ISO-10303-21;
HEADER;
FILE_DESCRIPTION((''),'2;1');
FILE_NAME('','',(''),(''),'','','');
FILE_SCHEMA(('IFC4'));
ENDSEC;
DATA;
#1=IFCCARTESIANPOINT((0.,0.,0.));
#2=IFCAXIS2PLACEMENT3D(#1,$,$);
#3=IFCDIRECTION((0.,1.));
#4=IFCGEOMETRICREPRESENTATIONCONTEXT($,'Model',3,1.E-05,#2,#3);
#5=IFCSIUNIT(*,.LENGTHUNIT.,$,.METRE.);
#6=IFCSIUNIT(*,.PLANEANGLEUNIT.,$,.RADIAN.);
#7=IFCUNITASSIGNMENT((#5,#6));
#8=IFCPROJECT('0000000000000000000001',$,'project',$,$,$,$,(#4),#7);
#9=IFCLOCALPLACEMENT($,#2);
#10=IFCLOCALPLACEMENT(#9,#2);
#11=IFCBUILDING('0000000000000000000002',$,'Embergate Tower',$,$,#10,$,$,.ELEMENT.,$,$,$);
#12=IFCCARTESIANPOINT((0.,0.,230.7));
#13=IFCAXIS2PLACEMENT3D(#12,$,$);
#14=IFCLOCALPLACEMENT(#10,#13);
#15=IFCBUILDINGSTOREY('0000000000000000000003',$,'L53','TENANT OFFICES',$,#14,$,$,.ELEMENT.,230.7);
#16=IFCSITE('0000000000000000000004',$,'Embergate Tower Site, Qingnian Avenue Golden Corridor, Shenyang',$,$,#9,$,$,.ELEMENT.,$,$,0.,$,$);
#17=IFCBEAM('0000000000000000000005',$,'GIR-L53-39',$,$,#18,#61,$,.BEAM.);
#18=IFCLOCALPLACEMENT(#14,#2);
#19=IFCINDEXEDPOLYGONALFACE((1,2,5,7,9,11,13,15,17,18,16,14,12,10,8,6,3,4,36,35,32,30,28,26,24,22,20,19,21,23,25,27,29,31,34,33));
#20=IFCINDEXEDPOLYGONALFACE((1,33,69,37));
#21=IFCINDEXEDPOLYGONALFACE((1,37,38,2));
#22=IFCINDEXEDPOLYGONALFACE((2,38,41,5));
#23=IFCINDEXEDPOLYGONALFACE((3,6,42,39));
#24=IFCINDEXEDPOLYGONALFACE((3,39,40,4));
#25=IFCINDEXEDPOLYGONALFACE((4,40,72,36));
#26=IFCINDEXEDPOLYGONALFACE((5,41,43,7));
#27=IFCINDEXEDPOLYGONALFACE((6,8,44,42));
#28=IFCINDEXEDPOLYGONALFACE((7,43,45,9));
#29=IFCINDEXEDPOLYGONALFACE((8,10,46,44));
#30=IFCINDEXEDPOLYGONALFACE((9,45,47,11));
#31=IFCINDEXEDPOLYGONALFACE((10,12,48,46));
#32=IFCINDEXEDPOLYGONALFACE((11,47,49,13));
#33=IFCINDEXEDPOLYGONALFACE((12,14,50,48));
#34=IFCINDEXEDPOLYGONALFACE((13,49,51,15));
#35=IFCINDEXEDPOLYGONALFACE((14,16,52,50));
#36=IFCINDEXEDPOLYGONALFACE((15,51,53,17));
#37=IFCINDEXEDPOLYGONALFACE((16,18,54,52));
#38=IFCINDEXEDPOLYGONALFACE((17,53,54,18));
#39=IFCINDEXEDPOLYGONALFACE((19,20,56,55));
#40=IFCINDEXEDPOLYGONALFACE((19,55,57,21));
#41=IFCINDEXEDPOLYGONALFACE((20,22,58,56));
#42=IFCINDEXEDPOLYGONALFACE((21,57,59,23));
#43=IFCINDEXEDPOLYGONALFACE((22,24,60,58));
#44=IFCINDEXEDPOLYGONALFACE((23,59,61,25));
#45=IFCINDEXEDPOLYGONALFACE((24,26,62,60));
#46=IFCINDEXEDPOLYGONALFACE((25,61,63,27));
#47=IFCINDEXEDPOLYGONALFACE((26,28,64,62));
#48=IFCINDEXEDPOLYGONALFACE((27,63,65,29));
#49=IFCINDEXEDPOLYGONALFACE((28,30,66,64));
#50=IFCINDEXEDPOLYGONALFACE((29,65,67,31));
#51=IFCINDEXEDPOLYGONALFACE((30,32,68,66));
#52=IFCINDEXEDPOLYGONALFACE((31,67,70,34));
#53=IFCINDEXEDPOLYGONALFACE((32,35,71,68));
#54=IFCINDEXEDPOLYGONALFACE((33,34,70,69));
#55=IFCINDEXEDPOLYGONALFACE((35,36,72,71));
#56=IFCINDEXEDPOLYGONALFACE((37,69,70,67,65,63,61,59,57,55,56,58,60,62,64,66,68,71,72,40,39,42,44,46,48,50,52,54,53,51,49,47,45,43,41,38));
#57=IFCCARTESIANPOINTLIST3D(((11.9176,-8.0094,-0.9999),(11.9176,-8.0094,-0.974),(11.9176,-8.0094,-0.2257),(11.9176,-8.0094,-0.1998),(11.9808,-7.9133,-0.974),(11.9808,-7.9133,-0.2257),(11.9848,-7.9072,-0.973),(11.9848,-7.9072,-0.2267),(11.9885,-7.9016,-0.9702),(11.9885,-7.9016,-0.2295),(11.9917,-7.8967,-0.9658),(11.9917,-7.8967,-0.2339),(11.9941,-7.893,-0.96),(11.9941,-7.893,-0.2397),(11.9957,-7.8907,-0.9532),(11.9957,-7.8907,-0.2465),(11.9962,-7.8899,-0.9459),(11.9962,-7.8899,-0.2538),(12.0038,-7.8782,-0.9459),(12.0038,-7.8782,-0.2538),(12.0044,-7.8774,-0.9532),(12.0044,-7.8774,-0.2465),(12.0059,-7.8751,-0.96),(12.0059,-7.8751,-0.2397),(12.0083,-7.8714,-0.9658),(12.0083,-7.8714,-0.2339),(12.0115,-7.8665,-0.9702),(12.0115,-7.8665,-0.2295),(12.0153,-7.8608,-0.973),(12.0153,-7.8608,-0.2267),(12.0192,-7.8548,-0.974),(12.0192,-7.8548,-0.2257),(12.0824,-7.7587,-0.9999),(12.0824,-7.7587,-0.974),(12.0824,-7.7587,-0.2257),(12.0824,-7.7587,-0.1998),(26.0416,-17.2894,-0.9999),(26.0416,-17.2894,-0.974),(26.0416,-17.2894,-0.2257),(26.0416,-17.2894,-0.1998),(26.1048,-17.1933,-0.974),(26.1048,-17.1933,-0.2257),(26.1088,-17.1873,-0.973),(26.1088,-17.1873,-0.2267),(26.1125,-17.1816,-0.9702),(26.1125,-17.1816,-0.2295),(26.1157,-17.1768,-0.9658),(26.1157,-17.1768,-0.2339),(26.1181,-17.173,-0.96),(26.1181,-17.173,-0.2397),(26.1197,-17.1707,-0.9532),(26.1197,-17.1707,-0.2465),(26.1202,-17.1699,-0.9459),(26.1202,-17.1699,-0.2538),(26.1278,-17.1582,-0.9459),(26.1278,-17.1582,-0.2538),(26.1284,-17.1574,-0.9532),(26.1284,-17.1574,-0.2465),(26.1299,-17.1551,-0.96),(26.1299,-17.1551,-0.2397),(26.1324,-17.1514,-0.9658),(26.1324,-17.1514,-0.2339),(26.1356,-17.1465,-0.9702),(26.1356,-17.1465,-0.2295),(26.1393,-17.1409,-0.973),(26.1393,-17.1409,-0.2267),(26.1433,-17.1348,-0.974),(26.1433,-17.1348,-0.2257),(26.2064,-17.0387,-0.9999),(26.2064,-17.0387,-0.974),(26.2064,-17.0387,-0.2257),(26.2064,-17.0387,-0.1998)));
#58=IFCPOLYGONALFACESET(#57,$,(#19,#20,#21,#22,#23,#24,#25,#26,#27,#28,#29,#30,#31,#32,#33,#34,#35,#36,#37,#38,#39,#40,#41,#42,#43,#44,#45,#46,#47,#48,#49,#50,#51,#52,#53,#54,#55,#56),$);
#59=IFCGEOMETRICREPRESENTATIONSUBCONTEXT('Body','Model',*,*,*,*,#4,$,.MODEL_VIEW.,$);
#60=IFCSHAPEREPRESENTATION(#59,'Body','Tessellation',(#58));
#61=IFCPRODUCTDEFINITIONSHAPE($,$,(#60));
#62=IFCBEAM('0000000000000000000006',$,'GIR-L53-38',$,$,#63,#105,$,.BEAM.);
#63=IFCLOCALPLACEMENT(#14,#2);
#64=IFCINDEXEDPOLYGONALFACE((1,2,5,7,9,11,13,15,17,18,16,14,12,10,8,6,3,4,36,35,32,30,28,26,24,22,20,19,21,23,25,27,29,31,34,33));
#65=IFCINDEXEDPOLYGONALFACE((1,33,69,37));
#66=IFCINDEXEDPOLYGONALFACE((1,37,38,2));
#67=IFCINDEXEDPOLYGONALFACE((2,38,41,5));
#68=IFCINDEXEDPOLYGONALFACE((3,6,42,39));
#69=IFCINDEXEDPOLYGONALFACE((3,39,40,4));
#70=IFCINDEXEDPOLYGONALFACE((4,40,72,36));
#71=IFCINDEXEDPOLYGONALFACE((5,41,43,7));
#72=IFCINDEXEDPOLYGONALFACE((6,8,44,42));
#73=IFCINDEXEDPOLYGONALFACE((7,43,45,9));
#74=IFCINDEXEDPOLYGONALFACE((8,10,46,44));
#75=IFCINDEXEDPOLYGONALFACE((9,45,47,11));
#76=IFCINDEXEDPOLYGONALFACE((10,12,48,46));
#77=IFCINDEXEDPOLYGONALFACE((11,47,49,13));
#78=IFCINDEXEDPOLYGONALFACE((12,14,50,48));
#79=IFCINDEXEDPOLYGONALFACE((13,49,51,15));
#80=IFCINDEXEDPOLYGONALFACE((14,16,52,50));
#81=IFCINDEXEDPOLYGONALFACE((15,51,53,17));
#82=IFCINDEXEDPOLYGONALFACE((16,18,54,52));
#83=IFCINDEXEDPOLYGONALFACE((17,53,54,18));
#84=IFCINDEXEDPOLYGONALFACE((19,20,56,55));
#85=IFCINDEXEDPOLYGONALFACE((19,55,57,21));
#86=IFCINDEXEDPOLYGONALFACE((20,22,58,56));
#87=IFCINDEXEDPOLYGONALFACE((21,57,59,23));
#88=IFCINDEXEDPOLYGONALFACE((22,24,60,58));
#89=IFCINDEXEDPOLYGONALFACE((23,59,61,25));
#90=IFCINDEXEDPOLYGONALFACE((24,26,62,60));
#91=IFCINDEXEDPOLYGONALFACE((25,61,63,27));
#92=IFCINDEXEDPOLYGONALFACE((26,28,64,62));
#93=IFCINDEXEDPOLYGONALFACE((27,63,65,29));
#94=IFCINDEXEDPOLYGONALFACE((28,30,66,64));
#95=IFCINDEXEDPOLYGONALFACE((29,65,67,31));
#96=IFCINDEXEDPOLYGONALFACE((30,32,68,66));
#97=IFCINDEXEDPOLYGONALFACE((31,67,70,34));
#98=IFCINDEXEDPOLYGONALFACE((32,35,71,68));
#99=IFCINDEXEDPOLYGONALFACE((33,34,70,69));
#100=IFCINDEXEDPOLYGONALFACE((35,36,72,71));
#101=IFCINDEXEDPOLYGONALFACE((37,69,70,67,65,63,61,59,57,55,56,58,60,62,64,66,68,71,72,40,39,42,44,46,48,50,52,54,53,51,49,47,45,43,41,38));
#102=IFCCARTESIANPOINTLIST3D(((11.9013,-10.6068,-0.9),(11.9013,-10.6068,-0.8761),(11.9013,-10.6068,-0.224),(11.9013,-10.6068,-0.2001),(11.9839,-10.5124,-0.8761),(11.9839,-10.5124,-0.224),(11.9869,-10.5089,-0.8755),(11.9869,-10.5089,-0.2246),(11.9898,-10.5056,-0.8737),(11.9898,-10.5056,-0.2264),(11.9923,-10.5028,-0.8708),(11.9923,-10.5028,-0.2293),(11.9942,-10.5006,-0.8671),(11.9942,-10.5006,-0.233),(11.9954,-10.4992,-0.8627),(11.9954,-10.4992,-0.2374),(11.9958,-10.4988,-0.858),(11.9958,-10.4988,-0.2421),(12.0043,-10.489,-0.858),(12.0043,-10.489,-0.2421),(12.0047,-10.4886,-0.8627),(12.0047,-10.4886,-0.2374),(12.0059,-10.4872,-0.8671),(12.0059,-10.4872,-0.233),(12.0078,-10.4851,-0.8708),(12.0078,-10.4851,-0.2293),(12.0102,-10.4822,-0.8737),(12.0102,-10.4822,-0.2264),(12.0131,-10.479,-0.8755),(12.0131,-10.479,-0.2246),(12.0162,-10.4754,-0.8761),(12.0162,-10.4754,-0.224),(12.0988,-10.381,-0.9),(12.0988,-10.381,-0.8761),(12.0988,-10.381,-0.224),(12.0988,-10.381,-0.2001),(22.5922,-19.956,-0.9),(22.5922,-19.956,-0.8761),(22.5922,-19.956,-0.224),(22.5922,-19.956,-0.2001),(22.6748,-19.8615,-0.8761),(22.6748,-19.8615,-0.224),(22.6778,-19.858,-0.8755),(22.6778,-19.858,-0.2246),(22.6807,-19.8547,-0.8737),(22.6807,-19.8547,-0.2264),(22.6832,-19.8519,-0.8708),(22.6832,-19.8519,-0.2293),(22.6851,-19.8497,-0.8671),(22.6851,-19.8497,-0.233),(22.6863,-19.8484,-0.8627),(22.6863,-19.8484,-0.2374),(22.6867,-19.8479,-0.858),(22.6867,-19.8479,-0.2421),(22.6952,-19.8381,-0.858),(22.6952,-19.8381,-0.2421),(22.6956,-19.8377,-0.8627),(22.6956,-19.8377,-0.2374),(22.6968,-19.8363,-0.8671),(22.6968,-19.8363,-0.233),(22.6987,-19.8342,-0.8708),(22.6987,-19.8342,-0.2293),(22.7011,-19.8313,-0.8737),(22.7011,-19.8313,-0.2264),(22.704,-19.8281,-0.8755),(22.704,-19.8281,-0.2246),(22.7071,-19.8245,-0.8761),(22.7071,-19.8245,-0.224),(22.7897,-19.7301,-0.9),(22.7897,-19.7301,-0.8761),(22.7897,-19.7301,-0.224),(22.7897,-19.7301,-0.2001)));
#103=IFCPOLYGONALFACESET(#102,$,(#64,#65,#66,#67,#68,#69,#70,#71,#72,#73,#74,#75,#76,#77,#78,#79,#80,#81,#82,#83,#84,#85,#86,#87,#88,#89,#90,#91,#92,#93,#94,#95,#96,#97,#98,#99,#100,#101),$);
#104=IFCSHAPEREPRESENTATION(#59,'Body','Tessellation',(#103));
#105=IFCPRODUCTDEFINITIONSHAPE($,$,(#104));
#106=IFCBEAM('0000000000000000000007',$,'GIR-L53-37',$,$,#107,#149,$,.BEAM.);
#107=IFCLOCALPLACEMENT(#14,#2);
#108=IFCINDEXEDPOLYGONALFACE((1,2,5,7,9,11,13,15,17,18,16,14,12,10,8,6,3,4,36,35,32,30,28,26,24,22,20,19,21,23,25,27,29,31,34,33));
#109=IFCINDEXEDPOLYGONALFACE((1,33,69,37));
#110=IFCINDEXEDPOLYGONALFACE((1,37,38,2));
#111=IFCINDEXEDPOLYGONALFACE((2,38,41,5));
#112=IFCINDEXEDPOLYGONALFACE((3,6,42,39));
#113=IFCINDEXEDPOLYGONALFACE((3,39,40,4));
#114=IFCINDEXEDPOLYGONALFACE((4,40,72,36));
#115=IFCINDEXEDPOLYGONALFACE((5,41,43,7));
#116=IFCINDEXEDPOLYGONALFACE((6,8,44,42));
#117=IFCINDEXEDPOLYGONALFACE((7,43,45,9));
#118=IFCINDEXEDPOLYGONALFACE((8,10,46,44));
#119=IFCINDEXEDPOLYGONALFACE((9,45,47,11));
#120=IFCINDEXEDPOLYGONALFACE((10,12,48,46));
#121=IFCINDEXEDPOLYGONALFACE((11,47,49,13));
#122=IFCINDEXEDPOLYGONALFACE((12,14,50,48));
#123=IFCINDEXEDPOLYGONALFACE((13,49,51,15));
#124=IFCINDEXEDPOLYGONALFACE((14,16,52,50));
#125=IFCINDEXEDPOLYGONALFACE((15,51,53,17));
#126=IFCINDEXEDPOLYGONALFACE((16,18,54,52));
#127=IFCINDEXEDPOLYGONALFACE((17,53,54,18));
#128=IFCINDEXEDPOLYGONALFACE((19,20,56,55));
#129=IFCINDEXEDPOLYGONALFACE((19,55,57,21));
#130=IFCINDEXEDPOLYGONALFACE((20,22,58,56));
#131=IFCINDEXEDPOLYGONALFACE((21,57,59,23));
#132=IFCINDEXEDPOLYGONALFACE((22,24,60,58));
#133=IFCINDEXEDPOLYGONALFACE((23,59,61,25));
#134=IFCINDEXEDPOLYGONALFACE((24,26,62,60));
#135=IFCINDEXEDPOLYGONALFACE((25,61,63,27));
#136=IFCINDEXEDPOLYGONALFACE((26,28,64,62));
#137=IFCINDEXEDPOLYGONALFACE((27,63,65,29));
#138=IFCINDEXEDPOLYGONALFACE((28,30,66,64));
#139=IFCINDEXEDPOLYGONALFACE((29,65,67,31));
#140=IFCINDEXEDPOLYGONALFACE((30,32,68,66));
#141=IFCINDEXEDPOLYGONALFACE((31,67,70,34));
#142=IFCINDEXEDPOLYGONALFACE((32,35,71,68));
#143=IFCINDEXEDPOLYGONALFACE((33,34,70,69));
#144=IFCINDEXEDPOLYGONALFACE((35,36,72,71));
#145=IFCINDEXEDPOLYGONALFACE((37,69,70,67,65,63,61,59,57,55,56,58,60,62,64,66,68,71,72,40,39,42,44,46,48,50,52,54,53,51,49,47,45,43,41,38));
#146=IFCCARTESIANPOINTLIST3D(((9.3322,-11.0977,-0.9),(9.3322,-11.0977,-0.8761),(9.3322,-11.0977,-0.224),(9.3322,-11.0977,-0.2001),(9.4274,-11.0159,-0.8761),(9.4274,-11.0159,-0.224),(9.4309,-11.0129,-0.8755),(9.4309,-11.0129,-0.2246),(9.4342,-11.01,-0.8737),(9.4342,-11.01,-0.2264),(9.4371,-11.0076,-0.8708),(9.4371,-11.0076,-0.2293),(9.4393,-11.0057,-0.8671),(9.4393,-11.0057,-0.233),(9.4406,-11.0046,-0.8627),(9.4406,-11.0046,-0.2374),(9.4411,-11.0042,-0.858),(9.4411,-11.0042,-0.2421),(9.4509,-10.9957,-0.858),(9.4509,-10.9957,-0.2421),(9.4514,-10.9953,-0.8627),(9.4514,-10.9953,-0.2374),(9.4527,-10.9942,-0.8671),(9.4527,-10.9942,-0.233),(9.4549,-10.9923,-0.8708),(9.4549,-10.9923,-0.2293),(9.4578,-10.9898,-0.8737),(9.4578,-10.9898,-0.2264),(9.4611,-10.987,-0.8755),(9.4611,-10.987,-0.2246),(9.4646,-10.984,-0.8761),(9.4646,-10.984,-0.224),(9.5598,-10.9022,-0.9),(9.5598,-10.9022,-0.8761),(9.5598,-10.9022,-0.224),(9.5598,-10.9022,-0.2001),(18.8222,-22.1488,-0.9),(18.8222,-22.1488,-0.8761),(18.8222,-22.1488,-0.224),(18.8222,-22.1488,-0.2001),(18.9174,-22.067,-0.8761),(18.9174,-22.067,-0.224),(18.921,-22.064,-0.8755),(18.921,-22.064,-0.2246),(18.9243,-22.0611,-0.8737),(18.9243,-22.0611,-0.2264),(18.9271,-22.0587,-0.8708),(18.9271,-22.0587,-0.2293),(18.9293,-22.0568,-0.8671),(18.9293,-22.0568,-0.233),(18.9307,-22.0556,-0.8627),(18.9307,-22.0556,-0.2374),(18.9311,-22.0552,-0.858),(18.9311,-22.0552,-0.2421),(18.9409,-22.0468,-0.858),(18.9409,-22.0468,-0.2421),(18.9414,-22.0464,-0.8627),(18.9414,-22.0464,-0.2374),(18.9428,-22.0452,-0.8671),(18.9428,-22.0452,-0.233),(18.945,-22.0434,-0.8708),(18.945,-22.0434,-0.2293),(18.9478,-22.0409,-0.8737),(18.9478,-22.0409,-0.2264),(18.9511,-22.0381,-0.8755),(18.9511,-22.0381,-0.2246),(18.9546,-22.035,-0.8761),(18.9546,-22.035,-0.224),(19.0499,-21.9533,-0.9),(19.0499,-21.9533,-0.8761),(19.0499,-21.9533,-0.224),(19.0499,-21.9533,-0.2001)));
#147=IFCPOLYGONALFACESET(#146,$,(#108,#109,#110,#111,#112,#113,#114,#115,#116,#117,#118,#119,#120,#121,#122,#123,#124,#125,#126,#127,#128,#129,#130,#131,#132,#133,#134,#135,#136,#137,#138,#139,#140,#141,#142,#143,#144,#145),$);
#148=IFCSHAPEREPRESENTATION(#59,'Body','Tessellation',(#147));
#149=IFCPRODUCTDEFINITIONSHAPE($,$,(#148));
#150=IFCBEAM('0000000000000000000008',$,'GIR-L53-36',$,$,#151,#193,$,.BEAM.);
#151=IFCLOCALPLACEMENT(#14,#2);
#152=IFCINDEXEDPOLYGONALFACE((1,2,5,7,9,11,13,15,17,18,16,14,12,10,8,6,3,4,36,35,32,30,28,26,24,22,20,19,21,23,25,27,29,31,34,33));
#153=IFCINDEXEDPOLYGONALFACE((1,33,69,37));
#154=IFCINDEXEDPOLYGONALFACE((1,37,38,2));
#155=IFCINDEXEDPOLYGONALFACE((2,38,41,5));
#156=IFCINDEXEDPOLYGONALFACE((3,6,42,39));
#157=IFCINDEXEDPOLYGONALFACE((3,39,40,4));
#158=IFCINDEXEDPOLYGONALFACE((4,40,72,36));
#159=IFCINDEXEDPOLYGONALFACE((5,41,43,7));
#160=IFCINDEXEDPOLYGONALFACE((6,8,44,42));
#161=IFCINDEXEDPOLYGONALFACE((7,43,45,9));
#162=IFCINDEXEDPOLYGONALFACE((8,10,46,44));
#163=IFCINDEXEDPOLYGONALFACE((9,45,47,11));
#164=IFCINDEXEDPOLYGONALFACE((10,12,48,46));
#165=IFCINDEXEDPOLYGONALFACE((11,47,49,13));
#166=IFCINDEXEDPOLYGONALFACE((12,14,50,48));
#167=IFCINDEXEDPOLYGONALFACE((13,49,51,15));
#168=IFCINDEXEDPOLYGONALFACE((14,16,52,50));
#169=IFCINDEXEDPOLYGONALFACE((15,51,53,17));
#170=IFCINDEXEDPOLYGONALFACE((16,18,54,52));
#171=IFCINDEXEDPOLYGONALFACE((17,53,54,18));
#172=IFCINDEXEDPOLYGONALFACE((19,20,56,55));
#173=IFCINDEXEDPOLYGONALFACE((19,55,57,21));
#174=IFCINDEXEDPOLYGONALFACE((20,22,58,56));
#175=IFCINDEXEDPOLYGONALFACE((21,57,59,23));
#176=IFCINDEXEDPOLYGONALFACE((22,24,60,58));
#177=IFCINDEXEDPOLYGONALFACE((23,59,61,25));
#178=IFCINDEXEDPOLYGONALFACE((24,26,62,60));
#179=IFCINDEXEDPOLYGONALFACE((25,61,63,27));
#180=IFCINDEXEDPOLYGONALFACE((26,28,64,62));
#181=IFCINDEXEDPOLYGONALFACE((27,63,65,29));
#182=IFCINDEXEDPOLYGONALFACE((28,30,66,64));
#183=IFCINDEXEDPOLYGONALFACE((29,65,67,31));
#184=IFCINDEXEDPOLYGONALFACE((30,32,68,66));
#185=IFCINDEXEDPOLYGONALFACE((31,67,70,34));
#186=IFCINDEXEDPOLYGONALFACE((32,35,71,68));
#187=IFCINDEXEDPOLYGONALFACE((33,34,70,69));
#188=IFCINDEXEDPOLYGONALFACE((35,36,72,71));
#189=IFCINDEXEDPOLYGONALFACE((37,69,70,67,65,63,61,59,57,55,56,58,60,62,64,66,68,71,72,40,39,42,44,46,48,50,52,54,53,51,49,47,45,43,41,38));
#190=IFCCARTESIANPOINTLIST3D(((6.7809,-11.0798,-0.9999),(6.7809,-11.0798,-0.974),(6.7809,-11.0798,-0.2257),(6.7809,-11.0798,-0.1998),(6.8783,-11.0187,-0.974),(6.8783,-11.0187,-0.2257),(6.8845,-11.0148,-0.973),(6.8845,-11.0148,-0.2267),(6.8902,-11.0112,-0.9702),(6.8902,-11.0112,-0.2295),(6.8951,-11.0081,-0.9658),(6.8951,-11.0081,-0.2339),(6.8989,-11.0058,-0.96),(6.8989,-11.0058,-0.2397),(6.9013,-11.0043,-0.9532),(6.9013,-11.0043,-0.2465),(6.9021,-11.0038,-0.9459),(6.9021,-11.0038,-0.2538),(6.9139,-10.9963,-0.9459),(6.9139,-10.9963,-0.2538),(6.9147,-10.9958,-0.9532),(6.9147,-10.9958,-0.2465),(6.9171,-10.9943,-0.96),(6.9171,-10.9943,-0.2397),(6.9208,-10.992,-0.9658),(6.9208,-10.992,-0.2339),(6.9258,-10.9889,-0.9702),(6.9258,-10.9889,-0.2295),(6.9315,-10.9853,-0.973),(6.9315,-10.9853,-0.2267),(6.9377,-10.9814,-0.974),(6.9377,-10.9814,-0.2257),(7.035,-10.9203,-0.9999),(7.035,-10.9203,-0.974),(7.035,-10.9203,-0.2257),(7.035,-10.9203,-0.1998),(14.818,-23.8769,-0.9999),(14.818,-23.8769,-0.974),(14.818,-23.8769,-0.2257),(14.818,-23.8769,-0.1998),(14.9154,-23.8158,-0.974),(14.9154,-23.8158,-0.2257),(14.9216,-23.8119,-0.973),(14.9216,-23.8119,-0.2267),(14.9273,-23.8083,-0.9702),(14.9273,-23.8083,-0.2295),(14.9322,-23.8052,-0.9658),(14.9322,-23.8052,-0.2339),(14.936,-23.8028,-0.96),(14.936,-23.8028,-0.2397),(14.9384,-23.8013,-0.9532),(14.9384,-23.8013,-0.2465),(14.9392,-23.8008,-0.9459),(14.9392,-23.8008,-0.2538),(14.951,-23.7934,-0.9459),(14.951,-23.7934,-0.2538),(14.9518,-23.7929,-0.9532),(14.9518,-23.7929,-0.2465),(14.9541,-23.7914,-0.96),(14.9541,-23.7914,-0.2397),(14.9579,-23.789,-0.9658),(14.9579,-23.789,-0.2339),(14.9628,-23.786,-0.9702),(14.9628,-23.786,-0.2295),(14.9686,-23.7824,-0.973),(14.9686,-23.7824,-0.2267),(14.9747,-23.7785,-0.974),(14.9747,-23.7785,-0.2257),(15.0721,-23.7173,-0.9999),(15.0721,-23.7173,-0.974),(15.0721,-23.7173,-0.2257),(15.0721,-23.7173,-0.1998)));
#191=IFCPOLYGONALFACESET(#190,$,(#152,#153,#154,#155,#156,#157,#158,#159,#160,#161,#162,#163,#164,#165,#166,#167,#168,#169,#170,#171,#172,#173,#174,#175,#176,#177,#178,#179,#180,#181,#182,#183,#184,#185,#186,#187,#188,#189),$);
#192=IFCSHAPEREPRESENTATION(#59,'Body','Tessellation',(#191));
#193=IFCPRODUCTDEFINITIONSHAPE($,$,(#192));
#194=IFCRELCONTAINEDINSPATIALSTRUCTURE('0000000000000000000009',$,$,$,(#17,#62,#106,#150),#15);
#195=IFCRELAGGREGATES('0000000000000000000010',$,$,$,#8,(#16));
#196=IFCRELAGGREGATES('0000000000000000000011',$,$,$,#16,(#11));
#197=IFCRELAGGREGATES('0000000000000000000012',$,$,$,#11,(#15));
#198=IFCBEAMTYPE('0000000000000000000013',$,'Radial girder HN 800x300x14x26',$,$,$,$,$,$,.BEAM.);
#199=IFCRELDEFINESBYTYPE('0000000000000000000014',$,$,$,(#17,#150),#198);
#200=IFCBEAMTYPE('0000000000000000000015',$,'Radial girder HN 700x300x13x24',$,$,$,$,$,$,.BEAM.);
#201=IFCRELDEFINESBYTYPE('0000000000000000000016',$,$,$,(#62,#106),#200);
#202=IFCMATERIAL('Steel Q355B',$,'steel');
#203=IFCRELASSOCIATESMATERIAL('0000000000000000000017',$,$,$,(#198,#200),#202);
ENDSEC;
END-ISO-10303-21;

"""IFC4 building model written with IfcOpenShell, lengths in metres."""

from ifc_helpers import new_model, si_unit, direction, frame, origin, origin_2d, place, context, subcontext, project, spatial, i_section, extrude, source, transform, mapped, material, material_profile, profile_set, type_object, element, save


model = new_model("IFC4")

# Units and contexts
model_context = context("Model", 3, precision=1e-05, world=origin(), true_north=direction((0.0, 1.0)))
body_context = subcontext(model_context, "Body", "Model", "MODEL_VIEW")
ifc_project = project(units=[si_unit("LENGTHUNIT", "METRE"), si_unit("PLANEANGLEUNIT", "RADIAN")], contexts=[model_context])

# Site, building, storey
site_placement = place(None, origin())
site = spatial("IfcSite", under=ifc_project, at=site_placement, Name="Embergate Tower Site, Qingnian Avenue Golden Corridor, Shenyang", CompositionType="ELEMENT", RefElevation=0.0)
building_placement = place(site_placement, origin())
building = spatial("IfcBuilding", under=site, at=building_placement, Name="Embergate Tower", CompositionType="ELEMENT")
storey_placement = place(building_placement, frame((0.0, 0.0, 230.7)))
storey = spatial("IfcBuildingStorey", under=building, at=storey_placement, Name="L53", Description="TENANT OFFICES", CompositionType="ELEMENT", Elevation=230.7)

# Beams
ifc_material_1 = material(Name="Steel Q355B", Category="steel")
ifc_material_profile_1 = material_profile(ifc_material_1, i_section(OverallWidth=0.3, OverallDepth=0.8, WebThickness=0.0139, FlangeThickness=0.0259, FilletRadius=0.0281, at=origin_2d()), Name="HN 800x300x14x26")
ifc_profile_set_1 = profile_set([ifc_material_profile_1], Name="Steel Q355 grade B")
beam_type_1 = type_object("IfcBeamType", Name="Radial girder HN 800x300x14x26", PredefinedType="BEAM", material=ifc_profile_set_1)
shared_shape_1 = source(origin(), body_context, "Body", "SweptSolid", [
    extrude(i_section(OverallWidth=0.3, OverallDepth=0.8, WebThickness=0.0139, FlangeThickness=0.0259, FilletRadius=0.0281, at=origin_2d()), origin(), (0.0, 0.0, 1.0), 16.8999),
])
beam_1_placement = place(storey_placement, frame((26.124, -17.1641, -0.5999), z_axis=(-0.835745, 0.549117, 0.0), x_axis=(-0.549117, -0.835745, 0.0)))
element("IfcBeam", 1, at=beam_1_placement, inside=storey, type_object=beam_type_1, Name="GIR-L53-39", PredefinedType="BEAM", context=body_context, shape_type="MappedRepresentation", body=[
    mapped(shared_shape_1, transform((0.0, 0.0, 0.0))),
])
ifc_material_profile_2 = material_profile(ifc_material_1, i_section(OverallWidth=0.3, OverallDepth=0.7, WebThickness=0.0129, FlangeThickness=0.0239, FilletRadius=0.0181, at=origin_2d()), Name="HN 700x300x13x24")
ifc_profile_set_2 = profile_set([ifc_material_profile_2], Name="Steel Q355 grade B")
beam_type_2 = type_object("IfcBeamType", Name="Radial girder HN 700x300x13x24", PredefinedType="BEAM", material=ifc_profile_set_2)
shared_shape_2 = source(origin(), body_context, "Body", "SweptSolid", [
    extrude(i_section(OverallWidth=0.3, OverallDepth=0.7, WebThickness=0.0129, FlangeThickness=0.0239, FilletRadius=0.0181, at=origin_2d()), origin(), (0.0, 0.0, 1.0), 14.2021),
])
beam_2_placement = place(storey_placement, frame((22.6909, -19.843, -0.55), z_axis=(-0.752766, 0.658288, 0.0), x_axis=(-0.658288, -0.752766, 0.0)))
element("IfcBeam", 2, at=beam_2_placement, inside=storey, type_object=beam_type_2, Name="GIR-L53-38", PredefinedType="BEAM", context=body_context, shape_type="MappedRepresentation", body=[
    mapped(shared_shape_2, transform((0.0, 0.0, 0.0))),
])
shared_shape_3 = source(origin(), body_context, "Body", "SweptSolid", [
    extrude(i_section(OverallWidth=0.3, OverallDepth=0.7, WebThickness=0.0129, FlangeThickness=0.0239, FilletRadius=0.0181, at=origin_2d()), origin(), (0.0, 0.0, 1.0), 14.5667),
])
beam_3_placement = place(storey_placement, frame((18.936, -22.051, -0.55), z_axis=(-0.651491, 0.758656, 0.0), x_axis=(-0.758656, -0.651491, 0.0)))
element("IfcBeam", 3, at=beam_3_placement, inside=storey, type_object=beam_type_2, Name="GIR-L53-37", PredefinedType="BEAM", context=body_context, shape_type="MappedRepresentation", body=[
    mapped(shared_shape_3, transform((0.0, 0.0, 0.0))),
])
shared_shape_4 = source(origin(), body_context, "Body", "SweptSolid", [
    extrude(i_section(OverallWidth=0.3, OverallDepth=0.8, WebThickness=0.0139, FlangeThickness=0.0259, FilletRadius=0.0281, at=origin_2d()), origin(), (0.0, 0.0, 1.0), 15.1116),
])
beam_4_placement = place(storey_placement, frame((14.9451, -23.7971, -0.5999), z_axis=(-0.531849, 0.846839, 0.0), x_axis=(-0.846839, -0.531849, 0.0)))
element("IfcBeam", 4, at=beam_4_placement, inside=storey, type_object=beam_type_1, Name="GIR-L53-36", PredefinedType="BEAM", context=body_context, shape_type="MappedRepresentation", body=[
    mapped(shared_shape_4, transform((0.0, 0.0, 0.0))),
])

save(model, "model.ifc")
